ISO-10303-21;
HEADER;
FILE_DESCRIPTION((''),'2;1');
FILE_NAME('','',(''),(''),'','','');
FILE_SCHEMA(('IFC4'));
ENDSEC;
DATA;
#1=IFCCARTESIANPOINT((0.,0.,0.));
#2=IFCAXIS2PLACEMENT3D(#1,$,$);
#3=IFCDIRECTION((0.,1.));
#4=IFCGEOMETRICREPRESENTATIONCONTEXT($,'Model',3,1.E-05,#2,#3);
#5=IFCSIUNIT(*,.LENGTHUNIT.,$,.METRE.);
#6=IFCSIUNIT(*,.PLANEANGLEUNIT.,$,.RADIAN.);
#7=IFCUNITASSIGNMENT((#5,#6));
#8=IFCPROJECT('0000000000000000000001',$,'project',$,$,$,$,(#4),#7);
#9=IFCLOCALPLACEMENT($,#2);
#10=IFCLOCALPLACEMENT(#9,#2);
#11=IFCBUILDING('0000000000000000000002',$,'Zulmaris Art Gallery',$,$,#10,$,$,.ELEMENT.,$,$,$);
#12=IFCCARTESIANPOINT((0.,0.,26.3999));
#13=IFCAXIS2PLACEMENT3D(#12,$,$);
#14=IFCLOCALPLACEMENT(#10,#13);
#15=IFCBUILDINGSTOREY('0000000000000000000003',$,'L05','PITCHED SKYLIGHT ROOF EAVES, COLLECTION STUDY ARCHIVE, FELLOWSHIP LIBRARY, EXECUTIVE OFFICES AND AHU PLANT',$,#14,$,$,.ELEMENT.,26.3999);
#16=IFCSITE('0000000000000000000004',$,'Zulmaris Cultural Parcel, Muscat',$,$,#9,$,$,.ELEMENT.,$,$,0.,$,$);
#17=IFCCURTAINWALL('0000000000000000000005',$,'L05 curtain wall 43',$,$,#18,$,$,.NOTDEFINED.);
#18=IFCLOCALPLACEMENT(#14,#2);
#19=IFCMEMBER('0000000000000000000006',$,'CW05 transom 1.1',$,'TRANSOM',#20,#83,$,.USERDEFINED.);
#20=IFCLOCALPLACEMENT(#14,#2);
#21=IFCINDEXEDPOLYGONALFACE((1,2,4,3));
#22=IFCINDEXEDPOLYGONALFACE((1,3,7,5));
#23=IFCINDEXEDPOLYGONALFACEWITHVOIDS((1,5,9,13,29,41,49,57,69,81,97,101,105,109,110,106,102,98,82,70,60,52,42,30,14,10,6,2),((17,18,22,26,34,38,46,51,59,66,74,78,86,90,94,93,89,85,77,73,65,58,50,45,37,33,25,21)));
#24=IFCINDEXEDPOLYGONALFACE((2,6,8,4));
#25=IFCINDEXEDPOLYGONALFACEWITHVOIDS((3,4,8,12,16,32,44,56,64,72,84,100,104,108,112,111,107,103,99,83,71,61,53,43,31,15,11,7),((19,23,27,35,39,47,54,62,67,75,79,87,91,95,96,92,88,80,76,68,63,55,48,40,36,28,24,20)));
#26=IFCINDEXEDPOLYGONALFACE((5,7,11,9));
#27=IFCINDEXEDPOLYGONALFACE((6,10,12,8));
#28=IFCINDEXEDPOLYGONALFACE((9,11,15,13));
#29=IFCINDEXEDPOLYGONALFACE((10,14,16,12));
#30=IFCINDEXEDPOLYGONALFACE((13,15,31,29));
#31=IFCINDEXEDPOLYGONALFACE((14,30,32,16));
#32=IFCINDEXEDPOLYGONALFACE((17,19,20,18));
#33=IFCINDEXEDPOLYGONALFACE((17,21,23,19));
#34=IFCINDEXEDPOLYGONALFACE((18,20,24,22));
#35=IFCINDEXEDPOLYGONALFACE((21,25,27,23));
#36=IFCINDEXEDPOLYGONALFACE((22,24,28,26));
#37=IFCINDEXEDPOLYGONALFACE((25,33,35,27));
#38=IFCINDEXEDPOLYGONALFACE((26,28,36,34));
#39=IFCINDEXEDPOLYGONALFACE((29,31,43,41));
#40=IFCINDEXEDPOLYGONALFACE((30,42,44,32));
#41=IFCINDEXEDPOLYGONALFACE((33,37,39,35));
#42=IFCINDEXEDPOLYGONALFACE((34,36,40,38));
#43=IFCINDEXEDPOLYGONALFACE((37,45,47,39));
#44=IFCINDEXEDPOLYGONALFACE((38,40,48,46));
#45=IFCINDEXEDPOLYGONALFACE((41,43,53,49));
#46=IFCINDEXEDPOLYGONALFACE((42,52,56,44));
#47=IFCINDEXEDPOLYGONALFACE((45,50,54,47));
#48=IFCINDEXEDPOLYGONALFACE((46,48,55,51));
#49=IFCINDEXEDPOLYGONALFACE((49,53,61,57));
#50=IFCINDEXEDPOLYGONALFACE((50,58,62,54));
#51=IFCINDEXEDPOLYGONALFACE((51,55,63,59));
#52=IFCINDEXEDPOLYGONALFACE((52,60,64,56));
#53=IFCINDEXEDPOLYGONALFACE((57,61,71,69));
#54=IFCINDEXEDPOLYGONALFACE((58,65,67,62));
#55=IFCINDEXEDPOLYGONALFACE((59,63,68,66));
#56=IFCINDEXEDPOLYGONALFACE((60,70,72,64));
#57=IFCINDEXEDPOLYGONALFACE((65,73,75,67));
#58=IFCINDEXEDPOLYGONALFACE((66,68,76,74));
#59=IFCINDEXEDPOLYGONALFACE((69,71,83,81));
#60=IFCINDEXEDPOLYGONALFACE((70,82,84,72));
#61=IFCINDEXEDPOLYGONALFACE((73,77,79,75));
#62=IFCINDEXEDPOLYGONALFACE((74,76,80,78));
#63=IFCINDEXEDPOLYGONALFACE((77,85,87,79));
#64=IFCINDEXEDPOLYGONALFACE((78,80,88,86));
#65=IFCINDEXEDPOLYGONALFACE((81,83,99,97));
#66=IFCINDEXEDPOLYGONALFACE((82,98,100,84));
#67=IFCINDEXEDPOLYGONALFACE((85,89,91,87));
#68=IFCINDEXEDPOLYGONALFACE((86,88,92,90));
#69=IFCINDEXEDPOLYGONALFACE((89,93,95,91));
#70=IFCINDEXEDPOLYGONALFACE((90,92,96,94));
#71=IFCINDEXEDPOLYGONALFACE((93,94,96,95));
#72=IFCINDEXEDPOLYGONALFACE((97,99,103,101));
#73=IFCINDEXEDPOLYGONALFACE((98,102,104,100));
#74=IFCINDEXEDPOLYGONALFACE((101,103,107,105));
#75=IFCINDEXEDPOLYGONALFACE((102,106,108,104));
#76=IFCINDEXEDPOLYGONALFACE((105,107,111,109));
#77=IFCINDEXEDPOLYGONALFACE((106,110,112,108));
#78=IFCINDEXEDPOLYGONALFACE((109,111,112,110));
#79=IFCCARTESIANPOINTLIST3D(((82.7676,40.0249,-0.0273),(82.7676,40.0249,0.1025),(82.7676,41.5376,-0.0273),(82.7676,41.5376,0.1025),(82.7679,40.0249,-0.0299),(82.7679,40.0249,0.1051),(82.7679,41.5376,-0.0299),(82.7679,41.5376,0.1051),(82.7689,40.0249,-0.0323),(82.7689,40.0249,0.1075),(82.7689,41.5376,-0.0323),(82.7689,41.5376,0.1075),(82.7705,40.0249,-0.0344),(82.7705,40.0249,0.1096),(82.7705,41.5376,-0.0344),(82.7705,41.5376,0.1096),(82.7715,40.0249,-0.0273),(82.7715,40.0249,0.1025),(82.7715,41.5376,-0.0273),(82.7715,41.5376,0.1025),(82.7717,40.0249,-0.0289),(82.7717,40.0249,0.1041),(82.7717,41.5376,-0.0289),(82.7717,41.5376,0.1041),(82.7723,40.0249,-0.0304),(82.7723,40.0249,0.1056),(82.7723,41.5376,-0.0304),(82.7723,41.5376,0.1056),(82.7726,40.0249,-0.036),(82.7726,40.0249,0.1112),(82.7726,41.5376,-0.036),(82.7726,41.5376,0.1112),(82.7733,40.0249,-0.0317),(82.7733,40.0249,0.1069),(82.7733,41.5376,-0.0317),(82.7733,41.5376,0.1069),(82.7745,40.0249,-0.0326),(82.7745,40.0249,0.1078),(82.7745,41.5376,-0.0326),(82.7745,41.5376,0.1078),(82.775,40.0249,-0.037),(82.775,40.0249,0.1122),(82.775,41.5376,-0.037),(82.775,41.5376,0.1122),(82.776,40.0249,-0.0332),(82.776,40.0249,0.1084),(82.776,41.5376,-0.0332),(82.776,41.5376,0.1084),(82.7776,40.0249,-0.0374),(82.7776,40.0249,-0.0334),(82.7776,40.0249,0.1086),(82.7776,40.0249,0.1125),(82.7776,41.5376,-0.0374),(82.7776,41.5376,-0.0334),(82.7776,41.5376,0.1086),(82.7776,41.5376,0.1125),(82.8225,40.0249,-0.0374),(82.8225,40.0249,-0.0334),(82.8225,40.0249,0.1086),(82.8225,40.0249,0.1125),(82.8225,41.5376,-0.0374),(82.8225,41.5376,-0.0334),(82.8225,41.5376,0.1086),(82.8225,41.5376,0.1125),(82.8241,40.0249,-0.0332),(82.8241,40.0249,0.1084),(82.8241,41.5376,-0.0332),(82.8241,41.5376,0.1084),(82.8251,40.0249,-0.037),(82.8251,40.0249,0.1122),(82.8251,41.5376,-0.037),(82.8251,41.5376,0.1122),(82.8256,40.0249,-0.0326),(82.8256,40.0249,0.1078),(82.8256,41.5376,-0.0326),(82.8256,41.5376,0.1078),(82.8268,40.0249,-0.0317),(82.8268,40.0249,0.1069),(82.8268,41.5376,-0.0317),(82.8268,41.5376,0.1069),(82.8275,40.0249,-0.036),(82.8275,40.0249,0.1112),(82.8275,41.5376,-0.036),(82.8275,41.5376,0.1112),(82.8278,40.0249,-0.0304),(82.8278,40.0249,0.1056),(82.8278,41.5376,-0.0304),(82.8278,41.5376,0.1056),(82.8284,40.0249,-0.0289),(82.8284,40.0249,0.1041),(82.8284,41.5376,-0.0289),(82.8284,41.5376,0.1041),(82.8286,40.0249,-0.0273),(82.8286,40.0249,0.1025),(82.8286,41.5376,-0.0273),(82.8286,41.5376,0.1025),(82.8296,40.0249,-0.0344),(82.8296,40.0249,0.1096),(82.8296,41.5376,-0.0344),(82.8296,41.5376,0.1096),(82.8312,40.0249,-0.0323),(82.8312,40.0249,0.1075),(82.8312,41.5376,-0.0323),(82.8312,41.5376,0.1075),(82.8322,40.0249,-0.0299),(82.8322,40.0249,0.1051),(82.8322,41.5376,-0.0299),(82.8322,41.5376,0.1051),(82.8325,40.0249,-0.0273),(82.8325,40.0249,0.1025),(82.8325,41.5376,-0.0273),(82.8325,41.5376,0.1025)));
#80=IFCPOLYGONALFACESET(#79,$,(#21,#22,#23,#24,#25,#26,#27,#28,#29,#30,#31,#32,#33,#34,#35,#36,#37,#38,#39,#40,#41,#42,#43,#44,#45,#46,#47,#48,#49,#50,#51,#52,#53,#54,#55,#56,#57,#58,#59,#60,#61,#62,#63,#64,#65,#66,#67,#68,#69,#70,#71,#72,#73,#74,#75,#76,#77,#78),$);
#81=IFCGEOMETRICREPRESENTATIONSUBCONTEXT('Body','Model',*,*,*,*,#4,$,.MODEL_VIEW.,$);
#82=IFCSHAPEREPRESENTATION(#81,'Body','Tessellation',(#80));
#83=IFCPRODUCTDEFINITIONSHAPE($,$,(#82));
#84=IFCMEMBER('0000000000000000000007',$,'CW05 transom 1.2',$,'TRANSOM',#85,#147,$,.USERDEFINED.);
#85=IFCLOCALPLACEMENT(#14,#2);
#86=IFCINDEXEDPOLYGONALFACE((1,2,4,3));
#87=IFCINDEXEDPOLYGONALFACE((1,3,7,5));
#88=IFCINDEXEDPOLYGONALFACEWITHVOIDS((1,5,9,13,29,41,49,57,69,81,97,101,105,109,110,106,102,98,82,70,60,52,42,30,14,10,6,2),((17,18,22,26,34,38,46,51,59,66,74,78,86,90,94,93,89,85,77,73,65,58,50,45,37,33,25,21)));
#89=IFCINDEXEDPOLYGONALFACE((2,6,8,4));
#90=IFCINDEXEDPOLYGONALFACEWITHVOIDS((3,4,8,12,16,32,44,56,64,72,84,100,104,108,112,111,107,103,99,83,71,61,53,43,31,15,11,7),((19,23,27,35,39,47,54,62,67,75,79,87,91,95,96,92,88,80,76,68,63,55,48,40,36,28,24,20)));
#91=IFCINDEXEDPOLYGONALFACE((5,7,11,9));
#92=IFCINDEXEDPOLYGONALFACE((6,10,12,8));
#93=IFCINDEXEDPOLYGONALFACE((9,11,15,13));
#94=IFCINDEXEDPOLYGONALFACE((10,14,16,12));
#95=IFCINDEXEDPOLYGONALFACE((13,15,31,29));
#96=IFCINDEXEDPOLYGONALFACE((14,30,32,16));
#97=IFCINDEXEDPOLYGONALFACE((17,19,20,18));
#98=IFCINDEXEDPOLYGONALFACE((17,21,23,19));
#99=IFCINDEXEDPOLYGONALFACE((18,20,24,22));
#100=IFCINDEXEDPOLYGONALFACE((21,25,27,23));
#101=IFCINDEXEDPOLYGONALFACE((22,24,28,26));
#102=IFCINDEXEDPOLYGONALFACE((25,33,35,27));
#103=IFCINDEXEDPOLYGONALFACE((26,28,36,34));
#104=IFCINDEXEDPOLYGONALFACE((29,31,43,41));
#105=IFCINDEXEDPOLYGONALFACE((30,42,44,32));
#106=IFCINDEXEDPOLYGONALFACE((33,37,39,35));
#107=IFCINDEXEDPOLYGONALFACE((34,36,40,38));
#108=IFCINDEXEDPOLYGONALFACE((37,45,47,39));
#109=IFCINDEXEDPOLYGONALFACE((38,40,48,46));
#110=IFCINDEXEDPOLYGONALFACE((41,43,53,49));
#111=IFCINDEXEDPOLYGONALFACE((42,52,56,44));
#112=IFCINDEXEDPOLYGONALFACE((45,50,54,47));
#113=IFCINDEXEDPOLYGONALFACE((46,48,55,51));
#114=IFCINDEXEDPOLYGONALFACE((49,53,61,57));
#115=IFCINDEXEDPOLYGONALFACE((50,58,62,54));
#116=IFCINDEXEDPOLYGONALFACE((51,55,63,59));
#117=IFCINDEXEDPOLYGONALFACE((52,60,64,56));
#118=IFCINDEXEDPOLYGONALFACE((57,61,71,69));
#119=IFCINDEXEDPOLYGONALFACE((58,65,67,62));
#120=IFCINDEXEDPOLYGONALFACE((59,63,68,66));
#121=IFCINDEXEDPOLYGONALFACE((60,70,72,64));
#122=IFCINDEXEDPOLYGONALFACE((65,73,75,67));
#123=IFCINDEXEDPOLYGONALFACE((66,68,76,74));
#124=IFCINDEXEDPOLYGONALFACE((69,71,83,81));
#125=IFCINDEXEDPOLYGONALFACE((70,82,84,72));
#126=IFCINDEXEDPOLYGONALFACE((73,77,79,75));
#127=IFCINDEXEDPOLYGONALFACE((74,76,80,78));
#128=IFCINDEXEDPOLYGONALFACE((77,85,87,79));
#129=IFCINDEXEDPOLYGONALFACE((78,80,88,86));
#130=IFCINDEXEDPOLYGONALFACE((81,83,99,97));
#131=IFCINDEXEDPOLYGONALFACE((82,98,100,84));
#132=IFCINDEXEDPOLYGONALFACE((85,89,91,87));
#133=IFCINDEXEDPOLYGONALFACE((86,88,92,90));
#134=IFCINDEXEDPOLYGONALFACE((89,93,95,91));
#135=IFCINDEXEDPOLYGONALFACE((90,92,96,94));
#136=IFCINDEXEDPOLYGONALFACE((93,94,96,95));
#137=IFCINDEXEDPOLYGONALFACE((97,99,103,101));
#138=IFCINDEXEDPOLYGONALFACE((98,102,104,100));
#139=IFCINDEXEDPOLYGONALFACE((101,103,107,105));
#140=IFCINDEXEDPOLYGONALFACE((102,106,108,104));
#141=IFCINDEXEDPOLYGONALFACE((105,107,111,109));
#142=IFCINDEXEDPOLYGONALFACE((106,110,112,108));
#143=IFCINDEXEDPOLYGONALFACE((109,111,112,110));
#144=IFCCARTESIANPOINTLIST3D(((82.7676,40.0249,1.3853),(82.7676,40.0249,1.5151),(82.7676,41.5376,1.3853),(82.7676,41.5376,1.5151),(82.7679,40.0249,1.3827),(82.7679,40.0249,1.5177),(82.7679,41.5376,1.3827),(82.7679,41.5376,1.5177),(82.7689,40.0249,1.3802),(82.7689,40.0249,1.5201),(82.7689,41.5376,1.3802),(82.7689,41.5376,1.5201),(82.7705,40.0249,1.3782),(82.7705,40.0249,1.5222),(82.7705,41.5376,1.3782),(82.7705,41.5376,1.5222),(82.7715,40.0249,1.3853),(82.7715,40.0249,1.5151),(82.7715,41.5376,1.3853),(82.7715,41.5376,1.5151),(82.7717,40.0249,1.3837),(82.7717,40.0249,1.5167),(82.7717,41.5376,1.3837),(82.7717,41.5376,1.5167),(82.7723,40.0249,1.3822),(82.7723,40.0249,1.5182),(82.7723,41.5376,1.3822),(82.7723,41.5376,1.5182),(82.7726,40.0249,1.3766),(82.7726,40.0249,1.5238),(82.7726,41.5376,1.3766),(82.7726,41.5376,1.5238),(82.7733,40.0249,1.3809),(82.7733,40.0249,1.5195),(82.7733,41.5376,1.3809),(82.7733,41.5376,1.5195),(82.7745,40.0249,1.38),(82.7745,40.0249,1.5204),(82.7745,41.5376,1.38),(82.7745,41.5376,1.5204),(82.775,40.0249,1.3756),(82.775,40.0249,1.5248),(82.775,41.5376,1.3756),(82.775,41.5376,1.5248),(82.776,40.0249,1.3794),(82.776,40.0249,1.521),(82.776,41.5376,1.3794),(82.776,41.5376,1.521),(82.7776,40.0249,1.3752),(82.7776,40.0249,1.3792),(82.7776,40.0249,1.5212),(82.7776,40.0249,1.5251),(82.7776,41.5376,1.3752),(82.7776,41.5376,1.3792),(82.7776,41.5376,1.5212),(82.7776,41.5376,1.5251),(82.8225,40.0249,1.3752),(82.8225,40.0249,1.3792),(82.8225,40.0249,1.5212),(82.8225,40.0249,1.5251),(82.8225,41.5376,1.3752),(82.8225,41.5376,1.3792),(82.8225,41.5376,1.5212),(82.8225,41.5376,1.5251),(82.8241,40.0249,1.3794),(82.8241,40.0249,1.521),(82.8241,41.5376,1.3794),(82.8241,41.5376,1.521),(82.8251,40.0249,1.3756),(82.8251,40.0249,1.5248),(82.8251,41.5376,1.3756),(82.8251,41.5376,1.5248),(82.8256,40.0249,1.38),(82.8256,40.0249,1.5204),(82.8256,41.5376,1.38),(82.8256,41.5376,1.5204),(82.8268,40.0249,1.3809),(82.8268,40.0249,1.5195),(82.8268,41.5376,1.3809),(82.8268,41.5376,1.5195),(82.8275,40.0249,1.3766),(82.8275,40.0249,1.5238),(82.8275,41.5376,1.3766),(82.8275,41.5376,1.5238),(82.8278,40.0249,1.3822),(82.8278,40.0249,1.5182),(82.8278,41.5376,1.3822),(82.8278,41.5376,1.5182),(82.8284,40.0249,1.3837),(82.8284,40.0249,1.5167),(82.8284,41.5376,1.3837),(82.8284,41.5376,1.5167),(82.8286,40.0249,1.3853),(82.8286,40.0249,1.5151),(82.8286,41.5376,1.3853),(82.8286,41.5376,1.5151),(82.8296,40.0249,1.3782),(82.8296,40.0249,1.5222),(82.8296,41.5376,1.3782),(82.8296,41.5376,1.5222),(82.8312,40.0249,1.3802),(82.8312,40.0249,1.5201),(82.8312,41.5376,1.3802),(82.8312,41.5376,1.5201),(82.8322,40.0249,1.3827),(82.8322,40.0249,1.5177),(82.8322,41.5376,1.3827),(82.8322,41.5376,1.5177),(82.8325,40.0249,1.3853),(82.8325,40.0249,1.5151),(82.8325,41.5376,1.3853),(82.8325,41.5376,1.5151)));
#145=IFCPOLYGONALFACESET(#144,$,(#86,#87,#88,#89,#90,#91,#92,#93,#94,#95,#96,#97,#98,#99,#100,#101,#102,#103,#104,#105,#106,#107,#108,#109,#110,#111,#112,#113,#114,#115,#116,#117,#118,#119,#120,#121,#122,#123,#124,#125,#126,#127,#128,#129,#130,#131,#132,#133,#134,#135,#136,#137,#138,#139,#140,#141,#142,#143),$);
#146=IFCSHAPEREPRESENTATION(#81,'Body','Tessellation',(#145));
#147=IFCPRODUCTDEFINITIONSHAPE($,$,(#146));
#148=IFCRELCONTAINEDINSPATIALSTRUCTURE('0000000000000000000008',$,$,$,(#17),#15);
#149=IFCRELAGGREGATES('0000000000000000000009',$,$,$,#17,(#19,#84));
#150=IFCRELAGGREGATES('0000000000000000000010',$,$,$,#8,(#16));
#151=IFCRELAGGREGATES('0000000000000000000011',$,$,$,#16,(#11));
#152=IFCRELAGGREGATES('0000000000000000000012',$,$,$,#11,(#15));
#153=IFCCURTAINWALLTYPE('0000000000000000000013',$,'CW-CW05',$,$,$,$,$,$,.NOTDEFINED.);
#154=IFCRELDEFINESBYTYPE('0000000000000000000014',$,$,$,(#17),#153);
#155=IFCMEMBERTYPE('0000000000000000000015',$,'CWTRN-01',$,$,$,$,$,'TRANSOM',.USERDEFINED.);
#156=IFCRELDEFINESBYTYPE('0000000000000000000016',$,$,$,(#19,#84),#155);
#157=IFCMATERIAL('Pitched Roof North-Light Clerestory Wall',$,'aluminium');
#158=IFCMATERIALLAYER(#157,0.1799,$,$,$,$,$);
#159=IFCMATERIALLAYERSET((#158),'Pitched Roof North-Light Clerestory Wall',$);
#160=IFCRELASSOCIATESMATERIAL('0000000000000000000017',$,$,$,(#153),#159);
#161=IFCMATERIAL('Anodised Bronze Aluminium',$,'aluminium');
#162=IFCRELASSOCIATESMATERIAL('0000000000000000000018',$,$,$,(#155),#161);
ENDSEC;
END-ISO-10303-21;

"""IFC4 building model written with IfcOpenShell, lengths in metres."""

from ifc_helpers import new_model, si_unit, direction, frame, origin, origin_2d, place, context, subcontext, project, spatial, hollow_rectangle, extrude, material, layer, layer_set, material_profile, profile_set, type_object, element, aggregate, save


model = new_model("IFC4")

# Units and contexts
model_context = context("Model", 3, precision=1e-05, world=origin(), true_north=direction((0.0, 1.0)))
body_context = subcontext(model_context, "Body", "Model", "MODEL_VIEW")
ifc_project = project(units=[si_unit("LENGTHUNIT", "METRE"), si_unit("PLANEANGLEUNIT", "RADIAN")], contexts=[model_context])

# Site, building, storey
site_placement = place(None, origin())
site = spatial("IfcSite", under=ifc_project, at=site_placement, Name="Zulmaris Cultural Parcel, Muscat", CompositionType="ELEMENT", RefElevation=0.0)
building_placement = place(site_placement, origin())
building = spatial("IfcBuilding", under=site, at=building_placement, Name="Zulmaris Art Gallery", CompositionType="ELEMENT")
storey_placement = place(building_placement, frame((0.0, 0.0, 26.3999)))
storey = spatial("IfcBuildingStorey", under=building, at=storey_placement, Name="L05", Description="PITCHED SKYLIGHT ROOF EAVES, COLLECTION STUDY ARCHIVE, FELLOWSHIP LIBRARY, EXECUTIVE OFFICES AND AHU PLANT", CompositionType="ELEMENT", Elevation=26.3999)

# Curtain wall
ifc_material_1 = material(Name="Pitched Roof North-Light Clerestory Wall", Category="aluminium")
ifc_layer_1 = layer(ifc_material_1, 0.1799)
ifc_layer_set_1 = layer_set([ifc_layer_1], Name="Pitched Roof North-Light Clerestory Wall")
curtain_wall_type = type_object("IfcCurtainWallType", Name="CW-CW05", PredefinedType="NOTDEFINED", material=ifc_layer_set_1)
curtain_wall_1_placement = place(storey_placement, origin())
curtain_wall_1 = element("IfcCurtainWall", 1, at=curtain_wall_1_placement, inside=storey, type_object=curtain_wall_type, Name="L05 curtain wall 43", PredefinedType="NOTDEFINED")
ifc_material_2 = material(Name="Anodised Bronze Aluminium", Category="aluminium")
ifc_material_profile_1 = material_profile(ifc_material_2, hollow_rectangle(XDim=0.0649, YDim=0.1499, WallThickness=0.0039, InnerFilletRadius=0.0061, OuterFilletRadius=0.01, at=origin_2d()), Name="ALU 65x150x4")
ifc_profile_set_1 = profile_set([ifc_material_profile_1], Name="Anodised Bronze Aluminium")
member_type_1 = type_object("IfcMemberType", Name="CWTRN-01", ElementType="TRANSOM", PredefinedType="USERDEFINED", material=ifc_profile_set_1)

# Members
member_1_placement = place(storey_placement, frame((82.8, 40.0249, 0.0376), z_axis=(0.0, 1.0, 0.0), x_axis=(-1.0, 0.0, 0.0)))
member_1 = element("IfcMember", 2, at=member_1_placement, type_object=member_type_1, Name="CW05 transom 1.1", ObjectType="TRANSOM", PredefinedType="USERDEFINED", context=body_context, shape_type="SweptSolid", body=[
    extrude(hollow_rectangle(XDim=0.0649, YDim=0.1499, WallThickness=0.0039, InnerFilletRadius=0.0061, OuterFilletRadius=0.01, at=origin_2d()), origin(), (0.0, 0.0, 1.0), 1.5127),
])
member_2_placement = place(storey_placement, frame((82.8, 40.0249, 1.4502), z_axis=(0.0, 1.0, 0.0), x_axis=(-1.0, 0.0, 0.0)))
member_2 = element("IfcMember", 3, at=member_2_placement, type_object=member_type_1, Name="CW05 transom 1.2", ObjectType="TRANSOM", PredefinedType="USERDEFINED", context=body_context, shape_type="SweptSolid", body=[
    extrude(hollow_rectangle(XDim=0.0649, YDim=0.1499, WallThickness=0.0039, InnerFilletRadius=0.0061, OuterFilletRadius=0.01, at=origin_2d()), origin(), (0.0, 0.0, 1.0), 1.5127),
])

aggregate(curtain_wall_1, [member_1, member_2])

save(model, "model.ifc")
